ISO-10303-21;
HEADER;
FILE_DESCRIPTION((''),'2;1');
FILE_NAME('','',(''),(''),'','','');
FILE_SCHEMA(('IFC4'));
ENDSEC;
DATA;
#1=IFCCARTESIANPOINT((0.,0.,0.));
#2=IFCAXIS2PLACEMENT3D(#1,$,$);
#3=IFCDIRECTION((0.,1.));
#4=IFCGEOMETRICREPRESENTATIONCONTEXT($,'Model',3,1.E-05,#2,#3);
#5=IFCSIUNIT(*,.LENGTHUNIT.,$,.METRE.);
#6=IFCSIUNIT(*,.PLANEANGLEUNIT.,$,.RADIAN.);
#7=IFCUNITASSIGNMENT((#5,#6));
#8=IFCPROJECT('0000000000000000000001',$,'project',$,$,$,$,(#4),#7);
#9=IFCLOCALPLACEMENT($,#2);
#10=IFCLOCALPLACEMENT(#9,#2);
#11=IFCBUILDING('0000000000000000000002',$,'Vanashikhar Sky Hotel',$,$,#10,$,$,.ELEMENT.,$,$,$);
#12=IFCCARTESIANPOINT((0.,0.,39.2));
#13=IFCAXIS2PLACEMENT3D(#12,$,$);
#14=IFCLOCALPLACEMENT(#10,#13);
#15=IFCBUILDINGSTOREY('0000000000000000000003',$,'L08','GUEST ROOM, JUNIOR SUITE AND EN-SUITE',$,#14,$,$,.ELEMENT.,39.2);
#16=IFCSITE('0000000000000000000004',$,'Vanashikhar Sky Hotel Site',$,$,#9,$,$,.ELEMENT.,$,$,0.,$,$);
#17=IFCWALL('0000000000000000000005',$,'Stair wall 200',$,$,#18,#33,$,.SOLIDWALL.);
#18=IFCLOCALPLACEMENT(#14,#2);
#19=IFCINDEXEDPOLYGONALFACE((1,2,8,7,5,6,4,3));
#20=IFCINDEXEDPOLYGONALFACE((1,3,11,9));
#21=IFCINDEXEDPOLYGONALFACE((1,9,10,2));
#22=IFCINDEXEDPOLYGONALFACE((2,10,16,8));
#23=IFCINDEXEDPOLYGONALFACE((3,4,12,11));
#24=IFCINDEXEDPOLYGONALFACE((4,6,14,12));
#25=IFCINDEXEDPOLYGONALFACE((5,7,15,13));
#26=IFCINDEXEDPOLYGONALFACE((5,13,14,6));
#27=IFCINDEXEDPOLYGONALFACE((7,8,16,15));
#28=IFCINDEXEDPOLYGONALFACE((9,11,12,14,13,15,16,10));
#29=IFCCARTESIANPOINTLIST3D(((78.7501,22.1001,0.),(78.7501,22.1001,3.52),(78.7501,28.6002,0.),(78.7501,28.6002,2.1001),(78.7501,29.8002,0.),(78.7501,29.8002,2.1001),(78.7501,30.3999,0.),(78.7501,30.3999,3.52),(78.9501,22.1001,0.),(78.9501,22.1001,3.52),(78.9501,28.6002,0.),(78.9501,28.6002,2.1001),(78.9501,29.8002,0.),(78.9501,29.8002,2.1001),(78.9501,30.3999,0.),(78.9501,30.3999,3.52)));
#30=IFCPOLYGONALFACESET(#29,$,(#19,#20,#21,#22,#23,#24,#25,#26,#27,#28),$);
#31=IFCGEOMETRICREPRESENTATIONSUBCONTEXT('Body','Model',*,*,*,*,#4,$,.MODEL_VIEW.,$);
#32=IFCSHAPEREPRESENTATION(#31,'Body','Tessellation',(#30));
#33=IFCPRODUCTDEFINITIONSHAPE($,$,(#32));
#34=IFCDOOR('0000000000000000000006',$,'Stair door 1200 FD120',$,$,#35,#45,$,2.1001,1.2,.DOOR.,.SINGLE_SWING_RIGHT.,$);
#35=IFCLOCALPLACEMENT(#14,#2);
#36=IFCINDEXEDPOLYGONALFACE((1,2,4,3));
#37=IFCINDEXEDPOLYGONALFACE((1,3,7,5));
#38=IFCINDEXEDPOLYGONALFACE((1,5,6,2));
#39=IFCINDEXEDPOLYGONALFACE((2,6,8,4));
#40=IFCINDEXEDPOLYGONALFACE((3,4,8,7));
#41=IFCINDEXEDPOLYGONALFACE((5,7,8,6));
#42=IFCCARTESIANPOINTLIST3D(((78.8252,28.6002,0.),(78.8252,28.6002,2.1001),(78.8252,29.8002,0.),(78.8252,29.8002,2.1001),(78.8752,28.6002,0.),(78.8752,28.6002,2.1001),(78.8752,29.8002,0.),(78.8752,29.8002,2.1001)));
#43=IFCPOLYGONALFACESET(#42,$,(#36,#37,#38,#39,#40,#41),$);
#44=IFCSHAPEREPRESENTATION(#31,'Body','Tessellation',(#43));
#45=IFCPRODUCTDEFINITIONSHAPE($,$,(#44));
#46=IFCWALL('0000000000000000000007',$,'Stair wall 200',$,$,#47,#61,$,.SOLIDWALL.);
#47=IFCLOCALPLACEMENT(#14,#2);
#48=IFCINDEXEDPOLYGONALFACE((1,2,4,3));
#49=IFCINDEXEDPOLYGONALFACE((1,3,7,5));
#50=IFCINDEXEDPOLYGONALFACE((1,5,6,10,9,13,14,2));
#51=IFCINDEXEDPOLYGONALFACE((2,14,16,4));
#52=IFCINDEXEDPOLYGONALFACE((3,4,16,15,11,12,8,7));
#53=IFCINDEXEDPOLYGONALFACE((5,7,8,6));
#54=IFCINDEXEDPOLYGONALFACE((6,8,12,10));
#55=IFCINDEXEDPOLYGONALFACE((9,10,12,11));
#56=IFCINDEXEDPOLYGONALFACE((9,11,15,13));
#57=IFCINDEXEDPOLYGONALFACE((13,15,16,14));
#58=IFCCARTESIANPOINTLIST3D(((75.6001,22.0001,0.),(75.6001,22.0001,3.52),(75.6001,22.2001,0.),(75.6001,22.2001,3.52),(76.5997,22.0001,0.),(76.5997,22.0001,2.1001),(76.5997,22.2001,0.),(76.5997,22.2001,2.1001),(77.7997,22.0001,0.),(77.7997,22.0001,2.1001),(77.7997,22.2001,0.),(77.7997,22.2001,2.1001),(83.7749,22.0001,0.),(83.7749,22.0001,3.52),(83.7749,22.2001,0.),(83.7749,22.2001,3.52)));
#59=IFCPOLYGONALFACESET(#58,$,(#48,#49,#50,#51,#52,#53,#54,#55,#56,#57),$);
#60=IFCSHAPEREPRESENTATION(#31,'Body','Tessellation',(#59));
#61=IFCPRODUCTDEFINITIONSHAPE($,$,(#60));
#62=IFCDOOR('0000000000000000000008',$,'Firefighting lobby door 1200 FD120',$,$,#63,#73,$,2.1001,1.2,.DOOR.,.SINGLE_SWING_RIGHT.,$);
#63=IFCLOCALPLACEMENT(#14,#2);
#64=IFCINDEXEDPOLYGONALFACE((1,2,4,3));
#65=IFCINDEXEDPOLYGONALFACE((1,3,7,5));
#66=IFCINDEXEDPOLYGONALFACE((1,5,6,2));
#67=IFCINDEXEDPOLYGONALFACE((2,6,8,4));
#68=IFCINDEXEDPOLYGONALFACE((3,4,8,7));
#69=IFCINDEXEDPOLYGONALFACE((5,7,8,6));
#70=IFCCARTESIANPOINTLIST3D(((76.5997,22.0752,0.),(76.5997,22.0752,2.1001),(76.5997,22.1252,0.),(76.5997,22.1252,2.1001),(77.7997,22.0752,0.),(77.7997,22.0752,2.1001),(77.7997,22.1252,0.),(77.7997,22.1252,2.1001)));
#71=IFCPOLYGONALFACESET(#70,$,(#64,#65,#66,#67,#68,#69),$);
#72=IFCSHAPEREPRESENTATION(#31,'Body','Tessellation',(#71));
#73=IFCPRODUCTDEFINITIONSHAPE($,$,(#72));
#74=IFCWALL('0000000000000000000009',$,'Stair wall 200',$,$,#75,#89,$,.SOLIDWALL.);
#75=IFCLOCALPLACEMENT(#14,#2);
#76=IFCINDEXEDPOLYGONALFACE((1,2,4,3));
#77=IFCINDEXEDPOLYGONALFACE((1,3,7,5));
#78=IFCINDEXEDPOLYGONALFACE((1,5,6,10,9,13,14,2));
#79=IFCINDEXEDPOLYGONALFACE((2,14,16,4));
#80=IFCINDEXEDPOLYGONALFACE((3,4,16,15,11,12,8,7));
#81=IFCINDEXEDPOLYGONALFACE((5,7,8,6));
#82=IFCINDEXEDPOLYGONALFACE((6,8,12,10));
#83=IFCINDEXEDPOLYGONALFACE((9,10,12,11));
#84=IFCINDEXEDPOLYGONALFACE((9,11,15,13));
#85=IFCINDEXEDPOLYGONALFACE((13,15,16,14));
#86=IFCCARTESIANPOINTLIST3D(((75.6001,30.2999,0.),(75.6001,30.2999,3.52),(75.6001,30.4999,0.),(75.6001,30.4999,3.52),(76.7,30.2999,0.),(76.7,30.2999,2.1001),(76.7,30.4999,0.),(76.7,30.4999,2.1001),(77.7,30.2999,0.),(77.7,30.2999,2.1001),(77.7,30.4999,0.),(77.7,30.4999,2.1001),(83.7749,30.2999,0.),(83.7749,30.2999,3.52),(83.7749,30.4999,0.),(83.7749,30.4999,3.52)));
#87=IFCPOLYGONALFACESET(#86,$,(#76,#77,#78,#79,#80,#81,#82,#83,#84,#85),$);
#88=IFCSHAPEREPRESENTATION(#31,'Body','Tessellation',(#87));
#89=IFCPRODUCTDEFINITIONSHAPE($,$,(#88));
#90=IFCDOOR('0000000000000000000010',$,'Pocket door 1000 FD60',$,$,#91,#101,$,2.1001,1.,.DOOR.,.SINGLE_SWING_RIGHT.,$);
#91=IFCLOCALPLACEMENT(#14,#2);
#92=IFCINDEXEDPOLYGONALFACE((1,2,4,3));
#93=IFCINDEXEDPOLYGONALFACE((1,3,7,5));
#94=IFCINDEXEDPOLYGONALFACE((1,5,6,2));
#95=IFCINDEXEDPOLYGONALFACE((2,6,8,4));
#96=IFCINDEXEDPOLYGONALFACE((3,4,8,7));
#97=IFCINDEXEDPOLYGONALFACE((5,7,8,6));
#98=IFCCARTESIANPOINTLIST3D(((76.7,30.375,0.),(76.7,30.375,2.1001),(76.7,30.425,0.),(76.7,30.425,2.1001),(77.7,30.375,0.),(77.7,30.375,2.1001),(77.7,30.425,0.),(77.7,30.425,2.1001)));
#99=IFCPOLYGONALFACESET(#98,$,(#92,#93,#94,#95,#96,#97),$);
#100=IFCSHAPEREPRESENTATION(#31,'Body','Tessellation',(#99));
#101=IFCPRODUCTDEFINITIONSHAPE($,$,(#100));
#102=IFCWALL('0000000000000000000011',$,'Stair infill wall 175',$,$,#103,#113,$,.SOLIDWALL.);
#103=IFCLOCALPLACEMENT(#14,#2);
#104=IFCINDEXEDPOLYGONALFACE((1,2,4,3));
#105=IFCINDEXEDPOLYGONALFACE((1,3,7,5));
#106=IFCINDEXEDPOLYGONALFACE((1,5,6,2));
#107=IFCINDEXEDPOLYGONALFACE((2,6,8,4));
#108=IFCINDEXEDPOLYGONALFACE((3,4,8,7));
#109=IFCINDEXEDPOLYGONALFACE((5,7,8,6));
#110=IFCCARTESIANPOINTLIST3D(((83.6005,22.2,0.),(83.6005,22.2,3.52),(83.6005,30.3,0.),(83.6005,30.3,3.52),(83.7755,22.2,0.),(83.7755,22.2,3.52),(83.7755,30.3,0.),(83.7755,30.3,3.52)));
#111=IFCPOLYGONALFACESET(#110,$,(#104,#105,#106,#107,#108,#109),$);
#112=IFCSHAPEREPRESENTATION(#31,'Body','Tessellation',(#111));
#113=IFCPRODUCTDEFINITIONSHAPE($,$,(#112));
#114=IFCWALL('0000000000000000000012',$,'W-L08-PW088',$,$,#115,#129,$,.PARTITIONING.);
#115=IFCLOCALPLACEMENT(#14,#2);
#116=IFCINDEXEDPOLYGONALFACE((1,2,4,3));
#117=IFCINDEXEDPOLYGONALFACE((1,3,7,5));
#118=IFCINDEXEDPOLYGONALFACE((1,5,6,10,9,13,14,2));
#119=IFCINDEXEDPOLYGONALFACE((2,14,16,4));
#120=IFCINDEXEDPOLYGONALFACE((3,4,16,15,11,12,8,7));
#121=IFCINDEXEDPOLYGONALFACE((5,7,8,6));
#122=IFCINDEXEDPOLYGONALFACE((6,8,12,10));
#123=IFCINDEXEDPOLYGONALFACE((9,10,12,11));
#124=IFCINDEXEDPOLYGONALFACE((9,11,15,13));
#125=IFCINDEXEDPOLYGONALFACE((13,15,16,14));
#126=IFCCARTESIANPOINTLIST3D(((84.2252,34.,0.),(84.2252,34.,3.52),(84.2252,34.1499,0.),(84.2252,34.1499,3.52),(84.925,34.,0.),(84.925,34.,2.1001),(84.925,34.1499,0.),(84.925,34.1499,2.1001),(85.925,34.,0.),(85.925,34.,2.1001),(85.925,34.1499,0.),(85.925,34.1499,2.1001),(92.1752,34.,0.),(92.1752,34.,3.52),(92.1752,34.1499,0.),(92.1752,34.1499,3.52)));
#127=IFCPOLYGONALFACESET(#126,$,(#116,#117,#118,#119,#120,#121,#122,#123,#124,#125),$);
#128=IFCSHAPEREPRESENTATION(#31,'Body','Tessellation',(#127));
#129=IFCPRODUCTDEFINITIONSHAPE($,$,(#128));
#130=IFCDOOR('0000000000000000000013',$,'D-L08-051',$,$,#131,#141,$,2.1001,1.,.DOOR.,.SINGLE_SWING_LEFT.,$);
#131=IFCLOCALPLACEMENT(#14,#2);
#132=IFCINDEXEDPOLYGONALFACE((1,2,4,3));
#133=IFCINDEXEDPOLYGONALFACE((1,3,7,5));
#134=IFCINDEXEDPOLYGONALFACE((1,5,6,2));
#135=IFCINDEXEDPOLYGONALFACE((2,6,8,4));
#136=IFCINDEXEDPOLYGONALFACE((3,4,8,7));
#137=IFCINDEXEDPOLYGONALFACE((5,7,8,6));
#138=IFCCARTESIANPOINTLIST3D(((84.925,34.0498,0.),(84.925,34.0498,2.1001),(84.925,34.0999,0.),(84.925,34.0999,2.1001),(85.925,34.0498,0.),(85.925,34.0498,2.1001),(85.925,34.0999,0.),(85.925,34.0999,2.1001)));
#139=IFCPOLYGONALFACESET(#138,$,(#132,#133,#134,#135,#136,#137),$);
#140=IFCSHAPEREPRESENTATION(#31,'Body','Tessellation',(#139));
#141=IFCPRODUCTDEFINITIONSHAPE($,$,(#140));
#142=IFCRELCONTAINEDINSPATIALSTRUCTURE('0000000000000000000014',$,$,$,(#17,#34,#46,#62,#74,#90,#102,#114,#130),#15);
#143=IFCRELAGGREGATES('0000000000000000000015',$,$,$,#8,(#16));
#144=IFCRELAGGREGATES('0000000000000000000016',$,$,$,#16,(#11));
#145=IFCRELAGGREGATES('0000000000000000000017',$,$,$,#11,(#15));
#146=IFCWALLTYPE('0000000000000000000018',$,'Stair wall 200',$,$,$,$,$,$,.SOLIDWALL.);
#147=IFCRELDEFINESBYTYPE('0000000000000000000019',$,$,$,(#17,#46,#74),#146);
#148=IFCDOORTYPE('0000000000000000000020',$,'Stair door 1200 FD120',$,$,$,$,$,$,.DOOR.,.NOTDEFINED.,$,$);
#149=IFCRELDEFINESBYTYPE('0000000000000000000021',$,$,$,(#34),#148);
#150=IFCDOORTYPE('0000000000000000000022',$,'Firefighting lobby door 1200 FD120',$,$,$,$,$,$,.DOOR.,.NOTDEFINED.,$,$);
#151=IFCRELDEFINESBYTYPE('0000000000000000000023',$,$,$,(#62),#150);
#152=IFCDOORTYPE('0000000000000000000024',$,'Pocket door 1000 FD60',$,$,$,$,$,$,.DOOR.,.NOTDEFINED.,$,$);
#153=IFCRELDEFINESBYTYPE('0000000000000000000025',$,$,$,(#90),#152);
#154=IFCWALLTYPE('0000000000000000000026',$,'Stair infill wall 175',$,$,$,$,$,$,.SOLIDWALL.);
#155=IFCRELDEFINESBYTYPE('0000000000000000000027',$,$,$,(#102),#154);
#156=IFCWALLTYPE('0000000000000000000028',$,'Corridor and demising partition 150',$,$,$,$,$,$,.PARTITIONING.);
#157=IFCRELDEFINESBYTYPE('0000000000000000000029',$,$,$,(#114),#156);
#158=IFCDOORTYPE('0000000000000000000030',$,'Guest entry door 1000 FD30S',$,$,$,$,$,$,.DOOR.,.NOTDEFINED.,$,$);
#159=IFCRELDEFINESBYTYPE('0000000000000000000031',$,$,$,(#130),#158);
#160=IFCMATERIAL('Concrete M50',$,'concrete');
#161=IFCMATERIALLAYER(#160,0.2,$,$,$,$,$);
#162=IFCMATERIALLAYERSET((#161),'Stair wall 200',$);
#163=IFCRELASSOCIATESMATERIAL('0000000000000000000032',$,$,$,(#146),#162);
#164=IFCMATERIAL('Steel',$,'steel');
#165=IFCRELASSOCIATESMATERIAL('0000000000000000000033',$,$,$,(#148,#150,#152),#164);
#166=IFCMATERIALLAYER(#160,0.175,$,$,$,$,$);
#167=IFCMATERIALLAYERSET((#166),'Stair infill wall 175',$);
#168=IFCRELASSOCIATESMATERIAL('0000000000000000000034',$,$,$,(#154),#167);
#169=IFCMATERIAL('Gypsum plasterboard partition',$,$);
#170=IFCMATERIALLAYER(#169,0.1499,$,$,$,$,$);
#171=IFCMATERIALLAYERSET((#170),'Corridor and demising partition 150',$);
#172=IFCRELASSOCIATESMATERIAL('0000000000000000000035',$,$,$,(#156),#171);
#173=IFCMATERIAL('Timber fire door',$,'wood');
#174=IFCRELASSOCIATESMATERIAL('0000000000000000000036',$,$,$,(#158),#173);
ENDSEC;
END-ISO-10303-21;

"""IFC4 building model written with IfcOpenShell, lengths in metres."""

from ifc_helpers import new_model, si_unit, direction, frame, frame_2d, origin, place, context, subcontext, project, spatial, rectangle, extrude, source, transform, mapped, material, layer, layer_set, type_object, element, fill, save


model = new_model("IFC4")

# Units and contexts
model_context = context("Model", 3, precision=1e-05, world=origin(), true_north=direction((0.0, 1.0)))
body_context = subcontext(model_context, "Body", "Model", "MODEL_VIEW")
ifc_project = project(units=[si_unit("LENGTHUNIT", "METRE"), si_unit("PLANEANGLEUNIT", "RADIAN")], contexts=[model_context])

# Site, building, storey
site_placement = place(None, origin())
site = spatial("IfcSite", under=ifc_project, at=site_placement, Name="Vanashikhar Sky Hotel Site", CompositionType="ELEMENT", RefElevation=0.0)
building_placement = place(site_placement, origin())
building = spatial("IfcBuilding", under=site, at=building_placement, Name="Vanashikhar Sky Hotel", CompositionType="ELEMENT")
storey_placement = place(building_placement, frame((0.0, 0.0, 39.2)))
storey = spatial("IfcBuildingStorey", under=building, at=storey_placement, Name="L08", Description="GUEST ROOM, JUNIOR SUITE AND EN-SUITE", CompositionType="ELEMENT", Elevation=39.2)

# Shared definitions
ifc_material_1 = material(Name="Concrete M50", Category="concrete")

# Walls, openings, doors
ifc_layer_1 = layer(ifc_material_1, 0.2)
ifc_layer_set_1 = layer_set([ifc_layer_1], Name="Stair wall 200")
wall_type_1 = type_object("IfcWallType", Name="Stair wall 200", PredefinedType="SOLIDWALL", material=ifc_layer_set_1)
shared_shape_1 = source(origin(), body_context, "Body", "SweptSolid", [
    extrude(rectangle(XDim=8.2998, YDim=0.2, at=frame_2d((4.1499, 0.0))), origin(), (0.0, 0.0, 1.0), 3.52),
])
wall_1_placement = place(storey_placement, frame((78.8501, 22.1001, 0.0), z_axis=(0.0, 0.0, 1.0), x_axis=(0.0, 1.0, 0.0)))
wall_1 = element("IfcWall", 1, at=wall_1_placement, inside=storey, type_object=wall_type_1, Name="Stair wall 200", PredefinedType="SOLIDWALL", context=body_context, shape_type="MappedRepresentation", body=[
    mapped(shared_shape_1, transform((0.0, 0.0, 0.0), scale=1.0)),
])
shared_shape_2 = source(origin(), body_context, "Body", "SweptSolid", [
    extrude(rectangle(XDim=1.2, YDim=2.1001, at=frame_2d((0.6001, 1.05))), frame((0.0, 0.1099, 0.0), z_axis=(0.0, -1.0, 0.0), x_axis=(1.0, 0.0, 0.0)), (0.0, 0.0, 1.0), 0.22),
])
opening_1_placement = place(wall_1_placement, frame((6.5, 0.0, 0.0)))
opening_1 = element("IfcOpeningElement", 2, at=opening_1_placement, cuts=wall_1, PredefinedType="OPENING", context=body_context, shape_type="MappedRepresentation", body=[
    mapped(shared_shape_2, transform((0.0, 0.0, 0.0), scale=1.0)),
])
ifc_material_2 = material(Name="Steel", Category="steel")
door_type_1 = type_object("IfcDoorType", Name="Stair door 1200 FD120", OperationType="NOTDEFINED", PredefinedType="DOOR", material=ifc_material_2)
shared_shape_3 = source(origin(), body_context, "Body", "SweptSolid", [
    extrude(rectangle(XDim=1.2, YDim=2.1001, at=frame_2d((0.6001, 1.05))), frame((0.0, 0.0249, 0.0), z_axis=(0.0, -1.0, 0.0), x_axis=(1.0, 0.0, 0.0)), (0.0, 0.0, 1.0), 0.05),
])
door_1_placement = place(opening_1_placement, origin())
door_1 = element("IfcDoor", 3, at=door_1_placement, inside=storey, type_object=door_type_1, Name="Stair door 1200 FD120", OperationType="SINGLE_SWING_RIGHT", OverallHeight=2.1001, OverallWidth=1.2, PredefinedType="DOOR", context=body_context, shape_type="MappedRepresentation", body=[
    mapped(shared_shape_3, transform((0.0, 0.0, 0.0), scale=1.0)),
])
fill(opening_1, door_1)
shared_shape_4 = source(origin(), body_context, "Body", "SweptSolid", [
    extrude(rectangle(XDim=8.1748, YDim=0.2, at=frame_2d((4.0874, 0.0))), origin(), (0.0, 0.0, 1.0), 3.52),
])
wall_2_placement = place(storey_placement, frame((83.7749, 22.1001, 0.0), z_axis=(0.0, 0.0, 1.0), x_axis=(-1.0, 0.0, 0.0)))
wall_2 = element("IfcWall", 4, at=wall_2_placement, inside=storey, type_object=wall_type_1, Name="Stair wall 200", PredefinedType="SOLIDWALL", context=body_context, shape_type="MappedRepresentation", body=[
    mapped(shared_shape_4, transform((0.0, 0.0, 0.0), scale=1.0)),
])
opening_2_placement = place(wall_2_placement, frame((5.9751, 0.0, 0.0)))
opening_2 = element("IfcOpeningElement", 5, at=opening_2_placement, cuts=wall_2, PredefinedType="OPENING", context=body_context, shape_type="MappedRepresentation", body=[
    mapped(shared_shape_2, transform((0.0, 0.0, 0.0), scale=1.0)),
])
door_type_2 = type_object("IfcDoorType", Name="Firefighting lobby door 1200 FD120", OperationType="NOTDEFINED", PredefinedType="DOOR", material=ifc_material_2)
door_2_placement = place(opening_2_placement, origin())
door_2 = element("IfcDoor", 6, at=door_2_placement, inside=storey, type_object=door_type_2, Name="Firefighting lobby door 1200 FD120", OperationType="SINGLE_SWING_RIGHT", OverallHeight=2.1001, OverallWidth=1.2, PredefinedType="DOOR", context=body_context, shape_type="MappedRepresentation", body=[
    mapped(shared_shape_3, transform((0.0, 0.0, 0.0), scale=1.0)),
])
fill(opening_2, door_2)
wall_3_placement = place(storey_placement, frame((83.7749, 30.3999, 0.0), z_axis=(0.0, 0.0, 1.0), x_axis=(-1.0, 0.0, 0.0)))
wall_3 = element("IfcWall", 7, at=wall_3_placement, inside=storey, type_object=wall_type_1, Name="Stair wall 200", PredefinedType="SOLIDWALL", context=body_context, shape_type="MappedRepresentation", body=[
    mapped(shared_shape_4, transform((0.0, 0.0, 0.0), scale=1.0)),
])
shared_shape_5 = source(origin(), body_context, "Body", "SweptSolid", [
    extrude(rectangle(XDim=1.0, YDim=2.1001, at=frame_2d((0.5, 1.05))), frame((0.0, 0.1099, 0.0), z_axis=(0.0, -1.0, 0.0), x_axis=(1.0, 0.0, 0.0)), (0.0, 0.0, 1.0), 0.22),
])
opening_3_placement = place(wall_3_placement, frame((6.075, 0.0, 0.0)))
opening_3 = element("IfcOpeningElement", 8, at=opening_3_placement, cuts=wall_3, PredefinedType="OPENING", context=body_context, shape_type="MappedRepresentation", body=[
    mapped(shared_shape_5, transform((0.0, 0.0, 0.0), scale=1.0)),
])
door_type_3 = type_object("IfcDoorType", Name="Pocket door 1000 FD60", OperationType="NOTDEFINED", PredefinedType="DOOR", material=ifc_material_2)
shared_shape_6 = source(origin(), body_context, "Body", "SweptSolid", [
    extrude(rectangle(XDim=1.0, YDim=2.1001, at=frame_2d((0.5, 1.05))), frame((0.0, 0.0249, 0.0), z_axis=(0.0, -1.0, 0.0), x_axis=(1.0, 0.0, 0.0)), (0.0, 0.0, 1.0), 0.05),
])
door_3_placement = place(opening_3_placement, origin())
door_3 = element("IfcDoor", 9, at=door_3_placement, inside=storey, type_object=door_type_3, Name="Pocket door 1000 FD60", OperationType="SINGLE_SWING_RIGHT", OverallHeight=2.1001, OverallWidth=1.0, PredefinedType="DOOR", context=body_context, shape_type="MappedRepresentation", body=[
    mapped(shared_shape_6, transform((0.0, 0.0, 0.0), scale=1.0)),
])
fill(opening_3, door_3)

# Wall
ifc_layer_2 = layer(ifc_material_1, 0.175)
ifc_layer_set_2 = layer_set([ifc_layer_2], Name="Stair infill wall 175")
wall_type_2 = type_object("IfcWallType", Name="Stair infill wall 175", PredefinedType="SOLIDWALL", material=ifc_layer_set_2)
shared_shape_7 = source(origin(), body_context, "Body", "SweptSolid", [
    extrude(rectangle(XDim=8.1001, YDim=0.175, at=frame_2d((4.05, 0.0))), origin(), (0.0, 0.0, 1.0), 3.52),
])
wall_4_placement = place(storey_placement, frame((83.688, 22.2, 0.0), z_axis=(0.0, 0.0, 1.0), x_axis=(0.0, 1.0, 0.0)))
element("IfcWall", 10, at=wall_4_placement, inside=storey, type_object=wall_type_2, Name="Stair infill wall 175", PredefinedType="SOLIDWALL", context=body_context, shape_type="MappedRepresentation", body=[
    mapped(shared_shape_7, transform((0.0, 0.0, 0.0), scale=1.0)),
])

# Wall, opening, door
ifc_material_3 = material(Name="Gypsum plasterboard partition")
ifc_layer_3 = layer(ifc_material_3, 0.1499)
ifc_layer_set_3 = layer_set([ifc_layer_3], Name="Corridor and demising partition 150")
wall_type_3 = type_object("IfcWallType", Name="Corridor and demising partition 150", PredefinedType="PARTITIONING", material=ifc_layer_set_3)
shared_shape_8 = source(origin(), body_context, "Body", "SweptSolid", [
    extrude(rectangle(XDim=7.95, YDim=0.1499, at=frame_2d((3.9751, 0.0))), origin(), (0.0, 0.0, 1.0), 3.52),
])
wall_5_placement = place(storey_placement, frame((84.2251, 34.075, 0.0), z_axis=(0.0, 0.0, 1.0), x_axis=(1.0, 0.0, 0.0)))
wall_5 = element("IfcWall", 11, at=wall_5_placement, inside=storey, type_object=wall_type_3, Name="W-L08-PW088", PredefinedType="PARTITIONING", context=body_context, shape_type="MappedRepresentation", body=[
    mapped(shared_shape_8, transform((0.0, 0.0, 0.0), scale=1.0)),
])
shared_shape_9 = source(origin(), body_context, "Body", "SweptSolid", [
    extrude(rectangle(XDim=1.0, YDim=2.1001, at=frame_2d((0.5, 1.05))), frame((0.0, 0.085, 0.0), z_axis=(0.0, -1.0, 0.0), x_axis=(1.0, 0.0, 0.0)), (0.0, 0.0, 1.0), 0.1699),
])
opening_4_placement = place(wall_5_placement, frame((0.7, 0.0, 0.0)))
opening_4 = element("IfcOpeningElement", 12, at=opening_4_placement, cuts=wall_5, PredefinedType="OPENING", context=body_context, shape_type="MappedRepresentation", body=[
    mapped(shared_shape_9, transform((0.0, 0.0, 0.0), scale=1.0)),
])
ifc_material_4 = material(Name="Timber fire door", Category="wood")
door_type_4 = type_object("IfcDoorType", Name="Guest entry door 1000 FD30S", OperationType="NOTDEFINED", PredefinedType="DOOR", material=ifc_material_4)
door_4_placement = place(opening_4_placement, origin())
door_4 = element("IfcDoor", 13, at=door_4_placement, inside=storey, type_object=door_type_4, Name="D-L08-051", OperationType="SINGLE_SWING_LEFT", OverallHeight=2.1001, OverallWidth=1.0, PredefinedType="DOOR", context=body_context, shape_type="MappedRepresentation", body=[
    mapped(shared_shape_6, transform((0.0, 0.0, 0.0), scale=1.0)),
])
fill(opening_4, door_4)

save(model, "model.ifc")
